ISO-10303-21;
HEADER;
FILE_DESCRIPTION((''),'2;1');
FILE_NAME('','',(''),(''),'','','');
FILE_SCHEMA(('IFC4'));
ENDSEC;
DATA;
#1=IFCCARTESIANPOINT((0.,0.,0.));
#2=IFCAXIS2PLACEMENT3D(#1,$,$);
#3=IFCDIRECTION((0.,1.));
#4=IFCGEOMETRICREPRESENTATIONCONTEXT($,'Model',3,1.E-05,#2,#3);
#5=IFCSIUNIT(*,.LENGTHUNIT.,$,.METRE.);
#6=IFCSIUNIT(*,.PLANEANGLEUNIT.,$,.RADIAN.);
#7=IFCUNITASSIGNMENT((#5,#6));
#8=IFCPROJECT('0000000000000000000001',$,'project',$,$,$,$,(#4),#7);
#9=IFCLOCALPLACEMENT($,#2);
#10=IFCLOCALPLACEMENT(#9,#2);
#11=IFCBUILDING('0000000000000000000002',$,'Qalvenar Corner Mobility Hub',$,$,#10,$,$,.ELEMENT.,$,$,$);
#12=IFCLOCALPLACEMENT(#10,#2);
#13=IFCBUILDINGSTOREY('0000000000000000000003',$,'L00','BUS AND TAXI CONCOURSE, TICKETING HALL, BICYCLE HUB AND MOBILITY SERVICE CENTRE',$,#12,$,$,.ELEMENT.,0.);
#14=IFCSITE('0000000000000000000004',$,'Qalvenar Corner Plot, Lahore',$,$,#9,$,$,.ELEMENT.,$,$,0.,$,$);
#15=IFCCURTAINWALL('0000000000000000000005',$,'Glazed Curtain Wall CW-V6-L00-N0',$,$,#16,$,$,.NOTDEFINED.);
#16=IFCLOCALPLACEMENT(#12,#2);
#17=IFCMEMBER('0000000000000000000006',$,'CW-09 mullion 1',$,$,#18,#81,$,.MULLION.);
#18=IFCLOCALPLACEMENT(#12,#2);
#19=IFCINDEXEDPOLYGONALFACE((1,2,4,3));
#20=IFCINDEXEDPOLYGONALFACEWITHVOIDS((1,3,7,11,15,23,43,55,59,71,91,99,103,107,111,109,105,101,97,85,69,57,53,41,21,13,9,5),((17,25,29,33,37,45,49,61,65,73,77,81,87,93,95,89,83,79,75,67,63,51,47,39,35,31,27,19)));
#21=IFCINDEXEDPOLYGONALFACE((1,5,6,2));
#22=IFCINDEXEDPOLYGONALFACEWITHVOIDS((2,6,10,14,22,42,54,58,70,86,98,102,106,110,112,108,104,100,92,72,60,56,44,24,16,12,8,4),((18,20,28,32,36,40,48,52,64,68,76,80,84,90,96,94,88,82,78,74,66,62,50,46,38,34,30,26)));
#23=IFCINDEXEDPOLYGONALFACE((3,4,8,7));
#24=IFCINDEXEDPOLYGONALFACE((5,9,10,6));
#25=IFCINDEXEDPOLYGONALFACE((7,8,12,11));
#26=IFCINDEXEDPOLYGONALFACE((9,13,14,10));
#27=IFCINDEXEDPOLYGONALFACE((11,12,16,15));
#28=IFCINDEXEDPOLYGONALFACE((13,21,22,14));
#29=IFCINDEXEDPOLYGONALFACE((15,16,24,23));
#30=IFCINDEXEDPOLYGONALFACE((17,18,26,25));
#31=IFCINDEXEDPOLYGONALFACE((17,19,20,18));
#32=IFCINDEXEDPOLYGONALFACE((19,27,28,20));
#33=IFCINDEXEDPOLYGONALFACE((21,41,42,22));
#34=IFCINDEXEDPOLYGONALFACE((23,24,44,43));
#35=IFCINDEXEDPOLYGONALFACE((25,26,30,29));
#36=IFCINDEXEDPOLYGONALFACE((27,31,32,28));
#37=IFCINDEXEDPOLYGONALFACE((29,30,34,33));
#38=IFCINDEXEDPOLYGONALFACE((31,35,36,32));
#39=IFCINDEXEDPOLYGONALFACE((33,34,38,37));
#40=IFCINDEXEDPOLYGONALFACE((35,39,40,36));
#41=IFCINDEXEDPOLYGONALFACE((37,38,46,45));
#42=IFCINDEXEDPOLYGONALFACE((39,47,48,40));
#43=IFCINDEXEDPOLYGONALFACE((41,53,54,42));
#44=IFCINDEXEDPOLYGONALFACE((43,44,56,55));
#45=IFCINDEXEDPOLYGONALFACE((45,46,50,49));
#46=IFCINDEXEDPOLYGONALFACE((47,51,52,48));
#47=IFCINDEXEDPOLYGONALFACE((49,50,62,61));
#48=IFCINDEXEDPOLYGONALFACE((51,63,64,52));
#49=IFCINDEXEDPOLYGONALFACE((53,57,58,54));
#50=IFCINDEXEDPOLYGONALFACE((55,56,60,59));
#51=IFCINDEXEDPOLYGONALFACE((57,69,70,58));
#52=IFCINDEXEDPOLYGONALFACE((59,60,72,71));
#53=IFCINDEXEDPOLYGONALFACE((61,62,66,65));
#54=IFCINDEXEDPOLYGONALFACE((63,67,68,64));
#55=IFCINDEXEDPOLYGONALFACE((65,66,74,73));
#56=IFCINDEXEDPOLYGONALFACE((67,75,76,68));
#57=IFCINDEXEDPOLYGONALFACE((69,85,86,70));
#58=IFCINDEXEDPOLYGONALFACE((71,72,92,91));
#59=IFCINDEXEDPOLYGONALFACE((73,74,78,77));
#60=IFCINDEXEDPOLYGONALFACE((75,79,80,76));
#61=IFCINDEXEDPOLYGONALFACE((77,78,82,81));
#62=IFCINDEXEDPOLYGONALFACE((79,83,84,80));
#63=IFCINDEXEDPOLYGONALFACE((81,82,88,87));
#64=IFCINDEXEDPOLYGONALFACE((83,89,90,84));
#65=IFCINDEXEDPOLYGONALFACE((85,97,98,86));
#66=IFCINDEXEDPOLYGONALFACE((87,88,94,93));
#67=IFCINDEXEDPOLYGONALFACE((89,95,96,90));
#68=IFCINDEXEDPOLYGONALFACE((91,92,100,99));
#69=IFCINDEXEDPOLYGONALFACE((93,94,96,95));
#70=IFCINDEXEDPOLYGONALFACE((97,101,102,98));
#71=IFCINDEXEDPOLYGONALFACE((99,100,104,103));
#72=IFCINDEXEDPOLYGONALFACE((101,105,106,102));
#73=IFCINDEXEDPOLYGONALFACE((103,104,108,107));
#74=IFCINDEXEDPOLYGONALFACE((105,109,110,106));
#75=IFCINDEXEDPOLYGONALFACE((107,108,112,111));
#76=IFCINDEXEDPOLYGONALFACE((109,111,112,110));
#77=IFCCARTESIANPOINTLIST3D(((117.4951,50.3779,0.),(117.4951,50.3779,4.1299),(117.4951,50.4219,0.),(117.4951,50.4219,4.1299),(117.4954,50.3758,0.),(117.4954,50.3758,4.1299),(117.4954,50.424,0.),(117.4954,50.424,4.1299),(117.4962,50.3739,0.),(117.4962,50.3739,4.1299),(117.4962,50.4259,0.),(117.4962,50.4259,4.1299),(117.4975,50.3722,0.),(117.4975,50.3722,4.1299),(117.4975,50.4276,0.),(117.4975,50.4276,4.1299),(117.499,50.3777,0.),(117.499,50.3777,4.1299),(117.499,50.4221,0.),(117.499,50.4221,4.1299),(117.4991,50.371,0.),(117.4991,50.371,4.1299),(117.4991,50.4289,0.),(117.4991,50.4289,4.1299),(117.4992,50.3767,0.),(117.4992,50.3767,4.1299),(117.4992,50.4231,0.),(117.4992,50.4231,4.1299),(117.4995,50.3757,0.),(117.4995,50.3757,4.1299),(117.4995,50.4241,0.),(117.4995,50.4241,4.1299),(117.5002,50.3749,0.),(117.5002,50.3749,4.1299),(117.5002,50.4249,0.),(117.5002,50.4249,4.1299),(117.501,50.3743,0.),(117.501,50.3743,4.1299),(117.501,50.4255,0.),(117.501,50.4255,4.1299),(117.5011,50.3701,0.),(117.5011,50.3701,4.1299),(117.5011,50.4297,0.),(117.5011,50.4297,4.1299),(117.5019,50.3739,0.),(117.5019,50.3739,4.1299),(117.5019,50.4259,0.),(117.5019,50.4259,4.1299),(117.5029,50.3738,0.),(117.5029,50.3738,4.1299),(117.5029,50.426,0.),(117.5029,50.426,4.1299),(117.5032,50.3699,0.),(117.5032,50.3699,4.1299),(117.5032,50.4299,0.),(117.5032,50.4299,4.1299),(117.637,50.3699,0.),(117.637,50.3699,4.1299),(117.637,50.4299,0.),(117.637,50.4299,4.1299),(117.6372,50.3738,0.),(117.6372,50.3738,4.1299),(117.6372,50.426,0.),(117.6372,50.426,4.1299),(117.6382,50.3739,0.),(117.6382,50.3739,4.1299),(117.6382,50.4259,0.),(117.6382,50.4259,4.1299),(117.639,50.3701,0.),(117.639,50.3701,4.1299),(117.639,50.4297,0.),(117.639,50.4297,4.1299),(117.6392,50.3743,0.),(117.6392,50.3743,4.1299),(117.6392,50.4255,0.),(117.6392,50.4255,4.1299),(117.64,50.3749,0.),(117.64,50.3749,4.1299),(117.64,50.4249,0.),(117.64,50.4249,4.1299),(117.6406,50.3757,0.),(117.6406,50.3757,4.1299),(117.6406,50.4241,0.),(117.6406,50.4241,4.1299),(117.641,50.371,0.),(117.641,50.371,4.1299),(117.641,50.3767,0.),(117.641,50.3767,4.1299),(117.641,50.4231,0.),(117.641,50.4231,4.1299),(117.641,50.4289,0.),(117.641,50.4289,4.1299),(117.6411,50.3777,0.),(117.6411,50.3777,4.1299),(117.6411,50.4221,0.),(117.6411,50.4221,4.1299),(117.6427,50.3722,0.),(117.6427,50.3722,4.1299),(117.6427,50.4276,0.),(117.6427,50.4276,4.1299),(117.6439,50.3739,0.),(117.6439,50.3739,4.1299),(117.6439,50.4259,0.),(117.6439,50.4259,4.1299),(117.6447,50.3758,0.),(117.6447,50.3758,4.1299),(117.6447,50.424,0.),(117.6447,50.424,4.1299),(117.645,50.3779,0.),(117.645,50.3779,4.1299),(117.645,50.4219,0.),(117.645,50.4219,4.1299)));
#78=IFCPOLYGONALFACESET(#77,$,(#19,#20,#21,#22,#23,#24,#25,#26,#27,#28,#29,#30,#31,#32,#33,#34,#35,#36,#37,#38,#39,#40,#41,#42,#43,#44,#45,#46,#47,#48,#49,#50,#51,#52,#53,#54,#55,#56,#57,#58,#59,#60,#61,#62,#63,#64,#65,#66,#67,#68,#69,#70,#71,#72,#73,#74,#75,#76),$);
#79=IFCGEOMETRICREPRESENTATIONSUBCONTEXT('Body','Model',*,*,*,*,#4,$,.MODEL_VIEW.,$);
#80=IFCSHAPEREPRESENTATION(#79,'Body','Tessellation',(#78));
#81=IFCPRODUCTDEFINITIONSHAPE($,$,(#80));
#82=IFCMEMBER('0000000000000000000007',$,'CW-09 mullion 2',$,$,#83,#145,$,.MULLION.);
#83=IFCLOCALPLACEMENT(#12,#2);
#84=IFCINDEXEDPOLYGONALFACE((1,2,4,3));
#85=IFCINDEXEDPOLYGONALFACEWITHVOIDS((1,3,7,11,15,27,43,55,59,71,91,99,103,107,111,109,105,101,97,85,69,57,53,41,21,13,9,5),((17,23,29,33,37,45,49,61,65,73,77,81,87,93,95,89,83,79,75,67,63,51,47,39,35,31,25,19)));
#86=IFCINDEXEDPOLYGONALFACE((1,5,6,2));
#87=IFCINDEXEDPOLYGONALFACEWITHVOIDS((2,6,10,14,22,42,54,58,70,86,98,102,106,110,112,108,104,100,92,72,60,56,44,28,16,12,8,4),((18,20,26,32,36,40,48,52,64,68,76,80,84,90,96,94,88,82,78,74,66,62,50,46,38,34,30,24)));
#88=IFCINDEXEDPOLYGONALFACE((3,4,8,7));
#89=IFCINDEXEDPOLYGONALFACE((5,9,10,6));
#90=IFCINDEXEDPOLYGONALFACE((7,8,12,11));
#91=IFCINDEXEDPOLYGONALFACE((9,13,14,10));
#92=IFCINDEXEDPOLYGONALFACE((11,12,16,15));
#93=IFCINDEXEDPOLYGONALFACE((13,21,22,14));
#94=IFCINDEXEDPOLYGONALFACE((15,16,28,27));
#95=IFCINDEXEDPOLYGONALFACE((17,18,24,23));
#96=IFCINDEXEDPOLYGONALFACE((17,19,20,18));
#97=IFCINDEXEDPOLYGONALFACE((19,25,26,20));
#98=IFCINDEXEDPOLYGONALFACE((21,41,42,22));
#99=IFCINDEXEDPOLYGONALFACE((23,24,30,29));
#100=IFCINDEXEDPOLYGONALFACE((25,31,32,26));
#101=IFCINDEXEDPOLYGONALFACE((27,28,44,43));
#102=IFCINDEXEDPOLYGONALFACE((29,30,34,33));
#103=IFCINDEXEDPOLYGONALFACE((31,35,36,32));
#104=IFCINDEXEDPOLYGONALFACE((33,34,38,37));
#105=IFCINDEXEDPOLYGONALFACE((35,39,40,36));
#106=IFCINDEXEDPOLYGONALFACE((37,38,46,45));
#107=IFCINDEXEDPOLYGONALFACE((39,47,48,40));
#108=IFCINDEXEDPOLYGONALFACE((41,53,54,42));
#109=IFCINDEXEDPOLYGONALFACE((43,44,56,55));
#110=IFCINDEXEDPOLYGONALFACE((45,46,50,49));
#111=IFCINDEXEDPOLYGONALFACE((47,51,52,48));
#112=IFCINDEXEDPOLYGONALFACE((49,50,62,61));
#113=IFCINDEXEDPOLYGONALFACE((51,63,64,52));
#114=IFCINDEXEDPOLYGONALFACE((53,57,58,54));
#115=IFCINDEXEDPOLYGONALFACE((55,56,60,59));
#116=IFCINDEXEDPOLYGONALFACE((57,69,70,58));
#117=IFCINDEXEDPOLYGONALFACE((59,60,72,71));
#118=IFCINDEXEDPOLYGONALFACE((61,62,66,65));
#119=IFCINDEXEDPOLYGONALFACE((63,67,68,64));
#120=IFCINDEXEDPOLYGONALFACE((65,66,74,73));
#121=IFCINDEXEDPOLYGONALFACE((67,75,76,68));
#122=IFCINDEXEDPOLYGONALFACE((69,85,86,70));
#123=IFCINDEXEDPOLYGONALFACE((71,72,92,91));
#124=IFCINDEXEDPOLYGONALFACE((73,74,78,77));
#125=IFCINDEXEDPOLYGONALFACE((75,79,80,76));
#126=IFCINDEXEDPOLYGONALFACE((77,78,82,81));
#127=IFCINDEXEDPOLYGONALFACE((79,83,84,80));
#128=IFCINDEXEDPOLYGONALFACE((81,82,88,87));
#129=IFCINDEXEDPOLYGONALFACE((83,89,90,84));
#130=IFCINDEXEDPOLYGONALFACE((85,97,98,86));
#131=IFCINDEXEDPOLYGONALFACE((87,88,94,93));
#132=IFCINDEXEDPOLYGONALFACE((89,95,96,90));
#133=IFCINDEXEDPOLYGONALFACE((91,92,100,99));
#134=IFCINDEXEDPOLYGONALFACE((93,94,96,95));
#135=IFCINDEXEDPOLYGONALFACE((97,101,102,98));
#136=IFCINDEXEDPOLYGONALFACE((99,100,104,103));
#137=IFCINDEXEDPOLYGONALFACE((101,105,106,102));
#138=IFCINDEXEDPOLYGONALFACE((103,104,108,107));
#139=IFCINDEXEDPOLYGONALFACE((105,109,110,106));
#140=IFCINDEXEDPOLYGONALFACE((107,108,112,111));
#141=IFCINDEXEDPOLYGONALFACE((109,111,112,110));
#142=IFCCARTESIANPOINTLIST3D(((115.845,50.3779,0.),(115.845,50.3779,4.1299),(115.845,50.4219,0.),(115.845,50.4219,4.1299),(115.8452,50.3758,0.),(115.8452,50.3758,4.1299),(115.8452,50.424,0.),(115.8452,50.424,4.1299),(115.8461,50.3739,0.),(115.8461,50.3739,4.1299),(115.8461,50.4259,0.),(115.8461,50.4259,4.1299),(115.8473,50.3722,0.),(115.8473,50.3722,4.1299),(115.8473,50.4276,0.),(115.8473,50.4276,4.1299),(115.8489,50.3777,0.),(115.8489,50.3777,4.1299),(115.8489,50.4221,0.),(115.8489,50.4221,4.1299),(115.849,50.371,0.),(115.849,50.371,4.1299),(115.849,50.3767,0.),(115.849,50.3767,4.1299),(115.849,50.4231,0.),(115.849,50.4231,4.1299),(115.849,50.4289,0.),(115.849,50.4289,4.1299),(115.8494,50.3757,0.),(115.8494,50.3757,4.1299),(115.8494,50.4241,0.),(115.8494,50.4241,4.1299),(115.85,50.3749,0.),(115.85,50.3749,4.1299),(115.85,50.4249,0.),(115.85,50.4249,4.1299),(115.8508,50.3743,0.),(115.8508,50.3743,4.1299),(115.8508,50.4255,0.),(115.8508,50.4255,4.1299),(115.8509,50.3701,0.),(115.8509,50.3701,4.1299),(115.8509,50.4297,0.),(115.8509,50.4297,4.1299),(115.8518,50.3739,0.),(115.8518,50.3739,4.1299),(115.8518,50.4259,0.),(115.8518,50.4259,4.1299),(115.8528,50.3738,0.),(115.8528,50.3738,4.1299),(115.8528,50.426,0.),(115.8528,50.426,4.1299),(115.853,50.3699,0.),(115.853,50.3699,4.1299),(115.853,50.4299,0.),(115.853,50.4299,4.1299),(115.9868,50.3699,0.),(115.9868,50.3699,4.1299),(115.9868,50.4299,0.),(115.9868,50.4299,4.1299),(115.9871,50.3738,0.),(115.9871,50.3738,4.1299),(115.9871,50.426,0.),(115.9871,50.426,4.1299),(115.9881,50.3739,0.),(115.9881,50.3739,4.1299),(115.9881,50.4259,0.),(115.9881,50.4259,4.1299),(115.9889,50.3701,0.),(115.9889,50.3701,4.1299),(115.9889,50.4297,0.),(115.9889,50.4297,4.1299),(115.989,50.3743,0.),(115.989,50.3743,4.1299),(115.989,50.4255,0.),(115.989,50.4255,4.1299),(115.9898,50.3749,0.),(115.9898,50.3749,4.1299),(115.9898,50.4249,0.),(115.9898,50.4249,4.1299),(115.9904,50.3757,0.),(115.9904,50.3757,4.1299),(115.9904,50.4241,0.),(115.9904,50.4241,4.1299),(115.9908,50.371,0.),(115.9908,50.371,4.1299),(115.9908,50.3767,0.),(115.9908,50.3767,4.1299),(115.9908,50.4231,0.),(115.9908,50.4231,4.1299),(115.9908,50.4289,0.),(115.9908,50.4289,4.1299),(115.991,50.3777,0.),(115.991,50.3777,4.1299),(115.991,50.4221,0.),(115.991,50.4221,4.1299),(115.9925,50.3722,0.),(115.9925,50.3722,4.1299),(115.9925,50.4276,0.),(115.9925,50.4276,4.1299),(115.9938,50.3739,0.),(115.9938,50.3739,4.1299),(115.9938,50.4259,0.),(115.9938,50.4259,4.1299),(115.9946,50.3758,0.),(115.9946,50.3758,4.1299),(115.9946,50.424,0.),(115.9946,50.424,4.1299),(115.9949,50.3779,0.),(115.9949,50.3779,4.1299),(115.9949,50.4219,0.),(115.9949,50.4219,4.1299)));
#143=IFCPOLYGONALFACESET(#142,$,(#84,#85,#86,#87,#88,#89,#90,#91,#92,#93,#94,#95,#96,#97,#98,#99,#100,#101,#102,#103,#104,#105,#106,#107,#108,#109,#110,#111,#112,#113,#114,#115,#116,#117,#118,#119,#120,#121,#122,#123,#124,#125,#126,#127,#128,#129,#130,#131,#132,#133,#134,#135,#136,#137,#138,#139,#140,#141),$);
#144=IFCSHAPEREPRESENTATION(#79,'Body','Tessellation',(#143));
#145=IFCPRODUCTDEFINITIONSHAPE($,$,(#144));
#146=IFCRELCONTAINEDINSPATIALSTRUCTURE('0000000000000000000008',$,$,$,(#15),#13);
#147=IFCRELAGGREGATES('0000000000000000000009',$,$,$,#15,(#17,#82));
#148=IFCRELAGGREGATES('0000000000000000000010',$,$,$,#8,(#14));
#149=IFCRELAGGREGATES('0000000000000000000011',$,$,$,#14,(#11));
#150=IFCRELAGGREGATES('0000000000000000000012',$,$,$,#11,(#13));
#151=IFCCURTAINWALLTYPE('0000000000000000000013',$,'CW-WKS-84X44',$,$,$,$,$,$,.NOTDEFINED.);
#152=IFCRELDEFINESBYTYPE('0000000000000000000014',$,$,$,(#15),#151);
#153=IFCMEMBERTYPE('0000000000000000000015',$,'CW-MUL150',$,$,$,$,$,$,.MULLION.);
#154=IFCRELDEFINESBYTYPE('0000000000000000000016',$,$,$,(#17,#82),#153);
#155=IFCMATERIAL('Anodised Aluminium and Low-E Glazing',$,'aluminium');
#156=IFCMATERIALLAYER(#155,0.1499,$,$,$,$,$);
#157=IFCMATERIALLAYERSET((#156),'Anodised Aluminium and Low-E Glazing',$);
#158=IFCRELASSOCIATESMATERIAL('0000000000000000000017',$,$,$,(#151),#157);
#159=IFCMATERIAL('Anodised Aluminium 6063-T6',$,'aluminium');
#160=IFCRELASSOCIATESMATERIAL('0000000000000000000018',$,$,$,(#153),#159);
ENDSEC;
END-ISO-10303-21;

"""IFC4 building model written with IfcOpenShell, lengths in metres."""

from ifc_helpers import new_model, si_unit, direction, frame, origin, origin_2d, place, context, subcontext, project, spatial, hollow_rectangle, extrude, material, layer, layer_set, material_profile, profile_set, type_object, element, aggregate, save


model = new_model("IFC4")

# Units and contexts
model_context = context("Model", 3, precision=1e-05, world=origin(), true_north=direction((0.0, 1.0)))
body_context = subcontext(model_context, "Body", "Model", "MODEL_VIEW")
ifc_project = project(units=[si_unit("LENGTHUNIT", "METRE"), si_unit("PLANEANGLEUNIT", "RADIAN")], contexts=[model_context])

# Site, building, storey
site_placement = place(None, origin())
site = spatial("IfcSite", under=ifc_project, at=site_placement, Name="Qalvenar Corner Plot, Lahore", CompositionType="ELEMENT", RefElevation=0.0)
building_placement = place(site_placement, origin())
building = spatial("IfcBuilding", under=site, at=building_placement, Name="Qalvenar Corner Mobility Hub", CompositionType="ELEMENT")
storey_placement = place(building_placement, origin())
storey = spatial("IfcBuildingStorey", under=building, at=storey_placement, Name="L00", Description="BUS AND TAXI CONCOURSE, TICKETING HALL, BICYCLE HUB AND MOBILITY SERVICE CENTRE", CompositionType="ELEMENT", Elevation=0.0)

# Curtain wall, members
ifc_material_1 = material(Name="Anodised Aluminium and Low-E Glazing", Category="aluminium")
ifc_layer_1 = layer(ifc_material_1, 0.1499)
ifc_layer_set_1 = layer_set([ifc_layer_1], Name="Anodised Aluminium and Low-E Glazing")
curtain_wall_type = type_object("IfcCurtainWallType", Name="CW-WKS-84X44", PredefinedType="NOTDEFINED", material=ifc_layer_set_1)
curtain_wall_placement = place(storey_placement, origin())
curtain_wall = element("IfcCurtainWall", 1, at=curtain_wall_placement, inside=storey, type_object=curtain_wall_type, Name="Glazed Curtain Wall CW-V6-L00-N0", PredefinedType="NOTDEFINED")
ifc_material_2 = material(Name="Anodised Aluminium 6063-T6", Category="aluminium")
ifc_material_profile_1 = material_profile(ifc_material_2, hollow_rectangle(XDim=0.0601, YDim=0.1499, WallThickness=0.0039, InnerFilletRadius=0.0039, OuterFilletRadius=0.0081, at=origin_2d()), Name="RHS150x60x4")
ifc_profile_set_1 = profile_set([ifc_material_profile_1], Name="Anodised Aluminium 6063-T6")
member_type_1 = type_object("IfcMemberType", Name="CW-MUL150", PredefinedType="MULLION", material=ifc_profile_set_1)
member_1_placement = place(storey_placement, frame((117.5701, 50.3999, 0.0), z_axis=(0.0, 0.0, 1.0), x_axis=(0.0, -1.0, 0.0)))
member_1 = element("IfcMember", 2, at=member_1_placement, type_object=member_type_1, Name="CW-09 mullion 1", PredefinedType="MULLION", context=body_context, shape_type="SweptSolid", body=[
    extrude(hollow_rectangle(XDim=0.0601, YDim=0.1499, WallThickness=0.0039, InnerFilletRadius=0.0039, OuterFilletRadius=0.0081, at=origin_2d()), origin(), (0.0, 0.0, 1.0), 4.1299),
])
member_2_placement = place(storey_placement, frame((115.9199, 50.3999, 0.0), z_axis=(0.0, 0.0, 1.0), x_axis=(0.0, -1.0, 0.0)))
member_2 = element("IfcMember", 3, at=member_2_placement, type_object=member_type_1, Name="CW-09 mullion 2", PredefinedType="MULLION", context=body_context, shape_type="SweptSolid", body=[
    extrude(hollow_rectangle(XDim=0.0601, YDim=0.1499, WallThickness=0.0039, InnerFilletRadius=0.0039, OuterFilletRadius=0.0081, at=origin_2d()), origin(), (0.0, 0.0, 1.0), 4.1299),
])
aggregate(curtain_wall, [member_1, member_2])

save(model, "model.ifc")
